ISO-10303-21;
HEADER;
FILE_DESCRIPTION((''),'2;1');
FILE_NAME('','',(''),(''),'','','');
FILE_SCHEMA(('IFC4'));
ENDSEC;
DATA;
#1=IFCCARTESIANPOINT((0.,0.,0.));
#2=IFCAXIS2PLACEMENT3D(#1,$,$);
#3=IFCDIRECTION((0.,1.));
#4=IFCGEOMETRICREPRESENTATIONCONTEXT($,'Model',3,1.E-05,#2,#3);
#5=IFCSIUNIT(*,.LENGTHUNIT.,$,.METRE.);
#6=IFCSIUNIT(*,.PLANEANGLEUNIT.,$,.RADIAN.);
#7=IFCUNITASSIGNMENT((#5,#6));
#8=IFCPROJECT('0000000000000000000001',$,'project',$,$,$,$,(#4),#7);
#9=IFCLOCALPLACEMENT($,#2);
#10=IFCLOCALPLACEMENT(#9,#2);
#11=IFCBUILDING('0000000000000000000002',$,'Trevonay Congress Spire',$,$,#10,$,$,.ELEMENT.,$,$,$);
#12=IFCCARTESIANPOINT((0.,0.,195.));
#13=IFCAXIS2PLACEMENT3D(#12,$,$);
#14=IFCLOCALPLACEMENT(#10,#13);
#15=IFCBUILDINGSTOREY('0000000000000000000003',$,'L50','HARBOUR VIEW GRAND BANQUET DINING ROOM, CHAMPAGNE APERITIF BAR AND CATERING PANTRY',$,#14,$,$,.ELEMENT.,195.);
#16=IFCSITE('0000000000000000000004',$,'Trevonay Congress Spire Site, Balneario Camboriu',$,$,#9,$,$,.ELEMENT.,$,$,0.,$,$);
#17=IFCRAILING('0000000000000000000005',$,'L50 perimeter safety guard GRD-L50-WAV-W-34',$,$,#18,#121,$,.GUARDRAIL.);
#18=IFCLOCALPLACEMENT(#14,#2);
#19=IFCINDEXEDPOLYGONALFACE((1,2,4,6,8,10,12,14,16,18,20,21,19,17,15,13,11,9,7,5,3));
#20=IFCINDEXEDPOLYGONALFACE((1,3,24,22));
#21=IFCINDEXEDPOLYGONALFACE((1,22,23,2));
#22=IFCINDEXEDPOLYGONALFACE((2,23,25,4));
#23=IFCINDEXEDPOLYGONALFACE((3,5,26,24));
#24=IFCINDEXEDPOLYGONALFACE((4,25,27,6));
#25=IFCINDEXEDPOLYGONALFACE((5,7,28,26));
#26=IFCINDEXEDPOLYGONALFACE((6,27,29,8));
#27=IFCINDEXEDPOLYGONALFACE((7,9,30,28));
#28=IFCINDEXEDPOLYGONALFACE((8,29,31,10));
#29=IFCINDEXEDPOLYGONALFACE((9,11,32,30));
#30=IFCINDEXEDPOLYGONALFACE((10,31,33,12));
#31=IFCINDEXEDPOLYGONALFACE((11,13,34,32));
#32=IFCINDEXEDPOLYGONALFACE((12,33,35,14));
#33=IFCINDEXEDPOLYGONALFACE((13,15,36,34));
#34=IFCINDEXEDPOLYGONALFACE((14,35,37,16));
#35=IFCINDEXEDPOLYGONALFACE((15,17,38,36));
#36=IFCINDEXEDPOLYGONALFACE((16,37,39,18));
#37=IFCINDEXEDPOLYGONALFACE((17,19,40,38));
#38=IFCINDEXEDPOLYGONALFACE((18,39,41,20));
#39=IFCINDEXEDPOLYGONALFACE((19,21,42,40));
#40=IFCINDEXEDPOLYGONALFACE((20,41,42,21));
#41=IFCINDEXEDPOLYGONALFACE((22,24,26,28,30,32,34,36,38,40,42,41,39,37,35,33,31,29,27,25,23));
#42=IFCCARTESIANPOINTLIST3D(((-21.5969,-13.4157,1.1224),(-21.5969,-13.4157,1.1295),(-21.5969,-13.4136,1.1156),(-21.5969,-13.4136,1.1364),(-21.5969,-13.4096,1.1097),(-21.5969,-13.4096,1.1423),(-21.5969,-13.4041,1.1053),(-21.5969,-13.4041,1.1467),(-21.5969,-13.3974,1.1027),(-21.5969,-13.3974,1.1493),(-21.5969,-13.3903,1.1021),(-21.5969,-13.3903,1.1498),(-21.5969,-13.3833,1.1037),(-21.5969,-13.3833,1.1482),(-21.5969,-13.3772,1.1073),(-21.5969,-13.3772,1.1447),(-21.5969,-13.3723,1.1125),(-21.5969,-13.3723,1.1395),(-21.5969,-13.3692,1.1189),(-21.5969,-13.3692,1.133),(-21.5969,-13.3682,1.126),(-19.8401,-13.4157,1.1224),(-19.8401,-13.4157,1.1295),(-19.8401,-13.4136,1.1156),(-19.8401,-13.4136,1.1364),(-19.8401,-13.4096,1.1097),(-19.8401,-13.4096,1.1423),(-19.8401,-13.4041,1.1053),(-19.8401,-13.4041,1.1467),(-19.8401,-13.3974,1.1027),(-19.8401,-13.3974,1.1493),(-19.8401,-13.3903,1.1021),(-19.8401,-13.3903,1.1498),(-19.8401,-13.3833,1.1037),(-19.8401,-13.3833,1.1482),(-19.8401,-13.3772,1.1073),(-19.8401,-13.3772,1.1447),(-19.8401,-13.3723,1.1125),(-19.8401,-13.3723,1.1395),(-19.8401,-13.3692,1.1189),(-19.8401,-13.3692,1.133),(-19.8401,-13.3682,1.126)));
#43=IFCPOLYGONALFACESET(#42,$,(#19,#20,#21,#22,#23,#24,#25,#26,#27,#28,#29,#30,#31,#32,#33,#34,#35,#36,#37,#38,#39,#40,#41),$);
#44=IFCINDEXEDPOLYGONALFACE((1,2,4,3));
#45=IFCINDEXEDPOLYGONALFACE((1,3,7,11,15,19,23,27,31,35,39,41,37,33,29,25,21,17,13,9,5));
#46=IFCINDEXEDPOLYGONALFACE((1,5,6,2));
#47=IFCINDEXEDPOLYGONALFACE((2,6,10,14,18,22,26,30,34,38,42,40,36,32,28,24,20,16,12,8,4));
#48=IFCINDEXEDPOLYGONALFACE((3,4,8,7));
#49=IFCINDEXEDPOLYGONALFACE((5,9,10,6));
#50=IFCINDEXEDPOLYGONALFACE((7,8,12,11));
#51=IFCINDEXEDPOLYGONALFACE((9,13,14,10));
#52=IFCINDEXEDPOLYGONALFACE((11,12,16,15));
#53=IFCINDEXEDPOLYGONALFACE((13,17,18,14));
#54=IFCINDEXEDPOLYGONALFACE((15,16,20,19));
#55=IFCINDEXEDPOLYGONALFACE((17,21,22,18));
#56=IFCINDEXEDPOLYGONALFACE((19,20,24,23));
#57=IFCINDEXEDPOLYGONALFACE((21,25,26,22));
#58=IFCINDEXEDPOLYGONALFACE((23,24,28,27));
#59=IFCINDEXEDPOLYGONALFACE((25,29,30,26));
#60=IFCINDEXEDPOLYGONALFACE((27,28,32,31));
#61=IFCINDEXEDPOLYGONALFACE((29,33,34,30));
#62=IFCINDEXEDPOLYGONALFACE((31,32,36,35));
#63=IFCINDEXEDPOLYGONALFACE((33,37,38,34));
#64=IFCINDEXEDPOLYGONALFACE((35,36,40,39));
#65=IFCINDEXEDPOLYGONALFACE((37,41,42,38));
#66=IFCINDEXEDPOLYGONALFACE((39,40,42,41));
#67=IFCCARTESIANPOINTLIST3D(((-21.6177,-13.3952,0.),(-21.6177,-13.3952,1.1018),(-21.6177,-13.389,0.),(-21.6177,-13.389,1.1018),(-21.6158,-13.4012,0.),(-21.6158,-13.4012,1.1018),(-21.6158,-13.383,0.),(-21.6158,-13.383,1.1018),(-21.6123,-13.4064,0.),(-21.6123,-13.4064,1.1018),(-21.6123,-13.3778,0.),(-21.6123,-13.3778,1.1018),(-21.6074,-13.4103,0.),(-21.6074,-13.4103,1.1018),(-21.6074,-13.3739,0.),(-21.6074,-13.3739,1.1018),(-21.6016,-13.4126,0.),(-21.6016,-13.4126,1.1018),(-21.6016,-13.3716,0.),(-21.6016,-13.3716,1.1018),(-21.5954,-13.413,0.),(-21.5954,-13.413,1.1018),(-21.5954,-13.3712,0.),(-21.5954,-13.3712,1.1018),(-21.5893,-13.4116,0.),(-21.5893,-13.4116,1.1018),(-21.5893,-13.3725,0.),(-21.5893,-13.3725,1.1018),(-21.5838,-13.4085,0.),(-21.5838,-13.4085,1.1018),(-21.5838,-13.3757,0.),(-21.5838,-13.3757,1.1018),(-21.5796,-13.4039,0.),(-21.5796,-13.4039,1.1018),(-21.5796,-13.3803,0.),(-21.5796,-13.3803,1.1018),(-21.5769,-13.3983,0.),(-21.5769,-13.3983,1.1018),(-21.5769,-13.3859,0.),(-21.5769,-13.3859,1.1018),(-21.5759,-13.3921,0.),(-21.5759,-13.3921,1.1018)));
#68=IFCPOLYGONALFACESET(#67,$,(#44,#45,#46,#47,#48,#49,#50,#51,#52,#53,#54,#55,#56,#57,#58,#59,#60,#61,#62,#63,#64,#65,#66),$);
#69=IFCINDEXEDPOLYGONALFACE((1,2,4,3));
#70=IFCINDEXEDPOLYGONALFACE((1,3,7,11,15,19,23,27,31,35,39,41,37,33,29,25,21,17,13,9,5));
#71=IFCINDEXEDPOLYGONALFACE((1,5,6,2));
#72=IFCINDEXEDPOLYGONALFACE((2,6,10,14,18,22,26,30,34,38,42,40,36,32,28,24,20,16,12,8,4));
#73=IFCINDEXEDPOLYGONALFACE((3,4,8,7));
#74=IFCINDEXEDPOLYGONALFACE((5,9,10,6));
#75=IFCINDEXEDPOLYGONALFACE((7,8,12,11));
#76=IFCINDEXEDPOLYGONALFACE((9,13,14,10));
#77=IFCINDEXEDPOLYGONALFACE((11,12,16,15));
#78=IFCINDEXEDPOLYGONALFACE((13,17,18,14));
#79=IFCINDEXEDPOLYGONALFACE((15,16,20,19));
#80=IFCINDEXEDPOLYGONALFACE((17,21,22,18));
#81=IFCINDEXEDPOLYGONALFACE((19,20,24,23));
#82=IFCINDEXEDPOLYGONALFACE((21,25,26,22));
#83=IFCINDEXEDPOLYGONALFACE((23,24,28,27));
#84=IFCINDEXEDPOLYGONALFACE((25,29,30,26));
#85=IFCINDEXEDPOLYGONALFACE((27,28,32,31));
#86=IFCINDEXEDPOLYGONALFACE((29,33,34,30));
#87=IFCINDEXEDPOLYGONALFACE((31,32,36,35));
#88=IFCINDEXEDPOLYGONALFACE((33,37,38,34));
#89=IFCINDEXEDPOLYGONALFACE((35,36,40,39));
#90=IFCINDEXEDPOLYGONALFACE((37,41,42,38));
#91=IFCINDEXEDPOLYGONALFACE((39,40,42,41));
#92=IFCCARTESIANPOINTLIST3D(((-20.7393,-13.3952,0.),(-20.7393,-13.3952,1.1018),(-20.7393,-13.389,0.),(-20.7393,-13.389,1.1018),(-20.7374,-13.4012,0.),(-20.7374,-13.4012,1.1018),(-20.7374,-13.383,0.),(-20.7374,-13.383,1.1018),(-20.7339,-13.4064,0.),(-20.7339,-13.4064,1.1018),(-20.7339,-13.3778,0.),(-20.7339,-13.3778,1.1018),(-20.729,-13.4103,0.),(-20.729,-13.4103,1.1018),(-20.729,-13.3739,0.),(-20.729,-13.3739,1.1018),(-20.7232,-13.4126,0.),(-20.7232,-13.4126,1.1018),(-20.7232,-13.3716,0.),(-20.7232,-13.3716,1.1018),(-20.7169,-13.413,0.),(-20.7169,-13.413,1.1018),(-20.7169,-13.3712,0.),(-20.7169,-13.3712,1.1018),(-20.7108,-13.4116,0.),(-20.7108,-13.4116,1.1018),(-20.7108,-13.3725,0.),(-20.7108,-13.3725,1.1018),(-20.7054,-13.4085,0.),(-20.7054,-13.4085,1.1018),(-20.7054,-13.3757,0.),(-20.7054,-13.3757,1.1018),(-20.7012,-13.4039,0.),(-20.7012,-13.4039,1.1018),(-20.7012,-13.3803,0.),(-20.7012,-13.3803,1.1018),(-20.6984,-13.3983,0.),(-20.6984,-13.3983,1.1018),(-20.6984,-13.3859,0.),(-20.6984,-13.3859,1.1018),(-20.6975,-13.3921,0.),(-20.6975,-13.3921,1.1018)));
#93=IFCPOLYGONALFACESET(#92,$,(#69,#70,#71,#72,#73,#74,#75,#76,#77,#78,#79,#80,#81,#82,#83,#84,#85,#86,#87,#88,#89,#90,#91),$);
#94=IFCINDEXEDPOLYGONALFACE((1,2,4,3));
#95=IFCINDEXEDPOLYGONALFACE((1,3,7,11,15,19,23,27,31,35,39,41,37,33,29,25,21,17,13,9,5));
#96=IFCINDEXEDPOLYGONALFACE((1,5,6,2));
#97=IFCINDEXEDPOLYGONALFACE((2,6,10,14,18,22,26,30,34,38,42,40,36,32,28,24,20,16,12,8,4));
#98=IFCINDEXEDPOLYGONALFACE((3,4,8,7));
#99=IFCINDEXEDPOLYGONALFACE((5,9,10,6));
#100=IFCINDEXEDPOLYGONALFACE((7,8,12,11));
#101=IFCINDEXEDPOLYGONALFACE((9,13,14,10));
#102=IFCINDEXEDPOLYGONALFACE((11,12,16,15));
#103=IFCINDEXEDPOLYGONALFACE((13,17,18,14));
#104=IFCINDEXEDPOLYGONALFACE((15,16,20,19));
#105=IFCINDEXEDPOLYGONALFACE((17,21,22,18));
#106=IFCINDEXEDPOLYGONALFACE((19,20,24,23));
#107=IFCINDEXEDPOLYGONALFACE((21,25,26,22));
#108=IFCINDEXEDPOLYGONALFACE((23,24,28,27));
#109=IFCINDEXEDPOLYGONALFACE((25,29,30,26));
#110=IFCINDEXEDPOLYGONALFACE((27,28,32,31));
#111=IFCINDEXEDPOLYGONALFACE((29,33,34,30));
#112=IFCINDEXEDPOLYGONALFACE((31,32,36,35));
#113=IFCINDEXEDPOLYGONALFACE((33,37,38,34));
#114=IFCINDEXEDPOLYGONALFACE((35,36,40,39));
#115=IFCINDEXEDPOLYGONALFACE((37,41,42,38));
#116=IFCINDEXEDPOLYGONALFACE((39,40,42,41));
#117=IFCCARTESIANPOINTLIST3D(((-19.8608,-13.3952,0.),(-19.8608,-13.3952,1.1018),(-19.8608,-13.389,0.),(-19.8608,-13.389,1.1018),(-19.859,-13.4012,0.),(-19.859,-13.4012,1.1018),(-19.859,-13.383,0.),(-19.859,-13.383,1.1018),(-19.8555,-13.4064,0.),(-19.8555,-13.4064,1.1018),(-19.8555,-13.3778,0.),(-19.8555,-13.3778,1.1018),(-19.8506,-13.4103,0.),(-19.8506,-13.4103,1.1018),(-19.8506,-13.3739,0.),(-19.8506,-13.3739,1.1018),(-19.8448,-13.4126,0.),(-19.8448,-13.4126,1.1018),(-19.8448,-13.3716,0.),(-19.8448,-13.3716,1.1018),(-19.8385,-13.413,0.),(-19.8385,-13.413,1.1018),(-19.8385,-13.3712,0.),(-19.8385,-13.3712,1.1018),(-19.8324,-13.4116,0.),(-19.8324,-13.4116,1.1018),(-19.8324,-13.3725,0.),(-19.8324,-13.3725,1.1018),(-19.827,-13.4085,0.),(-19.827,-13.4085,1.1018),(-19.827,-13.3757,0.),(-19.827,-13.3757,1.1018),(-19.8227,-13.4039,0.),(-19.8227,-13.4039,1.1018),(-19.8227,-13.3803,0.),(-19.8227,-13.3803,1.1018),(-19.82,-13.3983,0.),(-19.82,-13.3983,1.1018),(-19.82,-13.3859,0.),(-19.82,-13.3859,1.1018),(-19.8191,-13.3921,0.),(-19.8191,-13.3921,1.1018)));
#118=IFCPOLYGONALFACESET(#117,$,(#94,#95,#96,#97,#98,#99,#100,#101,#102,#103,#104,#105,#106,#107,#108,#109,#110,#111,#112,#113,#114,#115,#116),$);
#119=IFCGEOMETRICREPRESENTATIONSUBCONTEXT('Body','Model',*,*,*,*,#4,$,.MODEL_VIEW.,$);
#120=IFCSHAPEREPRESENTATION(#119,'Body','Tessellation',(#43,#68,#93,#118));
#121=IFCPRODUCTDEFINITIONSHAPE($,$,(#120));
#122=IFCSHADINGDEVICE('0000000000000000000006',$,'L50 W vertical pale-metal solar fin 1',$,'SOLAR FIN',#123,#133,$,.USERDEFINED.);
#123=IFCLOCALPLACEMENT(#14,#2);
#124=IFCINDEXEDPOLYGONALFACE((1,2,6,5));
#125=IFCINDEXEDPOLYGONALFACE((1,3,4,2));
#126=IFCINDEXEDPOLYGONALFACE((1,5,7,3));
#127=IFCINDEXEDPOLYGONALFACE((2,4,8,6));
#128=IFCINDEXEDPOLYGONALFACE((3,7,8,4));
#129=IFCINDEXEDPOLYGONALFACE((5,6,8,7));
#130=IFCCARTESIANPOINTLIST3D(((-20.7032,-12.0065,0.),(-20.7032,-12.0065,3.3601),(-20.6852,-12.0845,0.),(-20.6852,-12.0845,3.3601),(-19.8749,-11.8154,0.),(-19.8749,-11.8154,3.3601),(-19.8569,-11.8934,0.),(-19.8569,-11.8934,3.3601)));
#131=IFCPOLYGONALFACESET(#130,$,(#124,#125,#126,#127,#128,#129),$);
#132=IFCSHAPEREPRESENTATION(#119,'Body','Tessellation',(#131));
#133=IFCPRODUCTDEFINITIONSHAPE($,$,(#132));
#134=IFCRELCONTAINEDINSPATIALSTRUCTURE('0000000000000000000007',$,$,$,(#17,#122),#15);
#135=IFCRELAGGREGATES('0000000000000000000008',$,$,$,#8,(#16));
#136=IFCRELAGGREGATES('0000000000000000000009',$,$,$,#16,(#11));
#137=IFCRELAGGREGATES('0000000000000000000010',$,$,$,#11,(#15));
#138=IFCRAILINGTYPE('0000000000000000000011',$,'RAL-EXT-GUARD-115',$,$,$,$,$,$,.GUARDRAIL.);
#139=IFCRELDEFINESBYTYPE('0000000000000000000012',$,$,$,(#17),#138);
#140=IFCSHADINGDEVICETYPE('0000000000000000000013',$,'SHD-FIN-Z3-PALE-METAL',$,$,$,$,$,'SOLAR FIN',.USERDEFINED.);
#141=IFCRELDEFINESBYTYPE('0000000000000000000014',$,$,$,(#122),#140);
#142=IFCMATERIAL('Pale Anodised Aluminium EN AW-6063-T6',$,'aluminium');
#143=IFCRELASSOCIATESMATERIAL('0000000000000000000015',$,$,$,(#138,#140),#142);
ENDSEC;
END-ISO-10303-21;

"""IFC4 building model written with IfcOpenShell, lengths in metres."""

from ifc_helpers import new_model, si_unit, direction, frame, origin, origin_2d, place, context, subcontext, project, spatial, rectangle, circle, extrude, material, type_object, element, save


model = new_model("IFC4")

# Units and contexts
model_context = context("Model", 3, precision=1e-05, world=origin(), true_north=direction((0.0, 1.0)))
body_context = subcontext(model_context, "Body", "Model", "MODEL_VIEW")
ifc_project = project(units=[si_unit("LENGTHUNIT", "METRE"), si_unit("PLANEANGLEUNIT", "RADIAN")], contexts=[model_context])

# Site, building, storey
site_placement = place(None, origin())
site = spatial("IfcSite", under=ifc_project, at=site_placement, Name="Trevonay Congress Spire Site, Balneario Camboriu", CompositionType="ELEMENT", RefElevation=0.0)
building_placement = place(site_placement, origin())
building = spatial("IfcBuilding", under=site, at=building_placement, Name="Trevonay Congress Spire", CompositionType="ELEMENT")
storey_placement = place(building_placement, frame((0.0, 0.0, 195.0)))
storey = spatial("IfcBuildingStorey", under=building, at=storey_placement, Name="L50", Description="HARBOUR VIEW GRAND BANQUET DINING ROOM, CHAMPAGNE APERITIF BAR AND CATERING PANTRY", CompositionType="ELEMENT", Elevation=195.0)

# Shared definitions
ifc_material_1 = material(Name="Pale Anodised Aluminium EN AW-6063-T6", Category="aluminium")

# Railing
railing_type = type_object("IfcRailingType", Name="RAL-EXT-GUARD-115", PredefinedType="GUARDRAIL", material=ifc_material_1)
railing_1_placement = place(storey_placement, frame((-21.5969, -13.3921, 0.0)))
element("IfcRailing", 1, at=railing_1_placement, inside=storey, type_object=railing_type, Name="L50 perimeter safety guard GRD-L50-WAV-W-34", PredefinedType="GUARDRAIL", context=body_context, shape_type="SweptSolid", body=[
    extrude(circle(Radius=0.0239, at=origin_2d()), frame((0.0, 0.0, 1.126), z_axis=(1.0, 0.0, 0.0), x_axis=(0.0, 1.0, 0.0)), (0.0, 0.0, 1.0), 1.7568),
    extrude(circle(Radius=0.021, at=origin_2d()), origin(), (0.0, 0.0, 1.0), 1.1018),
    extrude(circle(Radius=0.021, at=origin_2d()), frame((0.8784, 0.0, 0.0)), (0.0, 0.0, 1.0), 1.1018),
    extrude(circle(Radius=0.021, at=origin_2d()), frame((1.7568, 0.0, 0.0)), (0.0, 0.0, 1.0), 1.1018),
])

# Shading device
shading_device_type = type_object("IfcShadingDeviceType", Name="SHD-FIN-Z3-PALE-METAL", ElementType="SOLAR FIN", PredefinedType="USERDEFINED", material=ifc_material_1)
shading_device_placement = place(storey_placement, frame((-20.28, -11.95, 0.0), z_axis=(0.0, 0.0, 1.0), x_axis=(-0.224781, 0.974409, 0.0)))
element("IfcShadingDevice", 2, at=shading_device_placement, inside=storey, type_object=shading_device_type, Name="L50 W vertical pale-metal solar fin 1", ObjectType="SOLAR FIN", PredefinedType="USERDEFINED", context=body_context, shape_type="SweptSolid", body=[
    extrude(rectangle(XDim=0.0801, YDim=0.8501, at=origin_2d()), origin(), (0.0, 0.0, 1.0), 3.3601),
])

save(model, "model.ifc")
